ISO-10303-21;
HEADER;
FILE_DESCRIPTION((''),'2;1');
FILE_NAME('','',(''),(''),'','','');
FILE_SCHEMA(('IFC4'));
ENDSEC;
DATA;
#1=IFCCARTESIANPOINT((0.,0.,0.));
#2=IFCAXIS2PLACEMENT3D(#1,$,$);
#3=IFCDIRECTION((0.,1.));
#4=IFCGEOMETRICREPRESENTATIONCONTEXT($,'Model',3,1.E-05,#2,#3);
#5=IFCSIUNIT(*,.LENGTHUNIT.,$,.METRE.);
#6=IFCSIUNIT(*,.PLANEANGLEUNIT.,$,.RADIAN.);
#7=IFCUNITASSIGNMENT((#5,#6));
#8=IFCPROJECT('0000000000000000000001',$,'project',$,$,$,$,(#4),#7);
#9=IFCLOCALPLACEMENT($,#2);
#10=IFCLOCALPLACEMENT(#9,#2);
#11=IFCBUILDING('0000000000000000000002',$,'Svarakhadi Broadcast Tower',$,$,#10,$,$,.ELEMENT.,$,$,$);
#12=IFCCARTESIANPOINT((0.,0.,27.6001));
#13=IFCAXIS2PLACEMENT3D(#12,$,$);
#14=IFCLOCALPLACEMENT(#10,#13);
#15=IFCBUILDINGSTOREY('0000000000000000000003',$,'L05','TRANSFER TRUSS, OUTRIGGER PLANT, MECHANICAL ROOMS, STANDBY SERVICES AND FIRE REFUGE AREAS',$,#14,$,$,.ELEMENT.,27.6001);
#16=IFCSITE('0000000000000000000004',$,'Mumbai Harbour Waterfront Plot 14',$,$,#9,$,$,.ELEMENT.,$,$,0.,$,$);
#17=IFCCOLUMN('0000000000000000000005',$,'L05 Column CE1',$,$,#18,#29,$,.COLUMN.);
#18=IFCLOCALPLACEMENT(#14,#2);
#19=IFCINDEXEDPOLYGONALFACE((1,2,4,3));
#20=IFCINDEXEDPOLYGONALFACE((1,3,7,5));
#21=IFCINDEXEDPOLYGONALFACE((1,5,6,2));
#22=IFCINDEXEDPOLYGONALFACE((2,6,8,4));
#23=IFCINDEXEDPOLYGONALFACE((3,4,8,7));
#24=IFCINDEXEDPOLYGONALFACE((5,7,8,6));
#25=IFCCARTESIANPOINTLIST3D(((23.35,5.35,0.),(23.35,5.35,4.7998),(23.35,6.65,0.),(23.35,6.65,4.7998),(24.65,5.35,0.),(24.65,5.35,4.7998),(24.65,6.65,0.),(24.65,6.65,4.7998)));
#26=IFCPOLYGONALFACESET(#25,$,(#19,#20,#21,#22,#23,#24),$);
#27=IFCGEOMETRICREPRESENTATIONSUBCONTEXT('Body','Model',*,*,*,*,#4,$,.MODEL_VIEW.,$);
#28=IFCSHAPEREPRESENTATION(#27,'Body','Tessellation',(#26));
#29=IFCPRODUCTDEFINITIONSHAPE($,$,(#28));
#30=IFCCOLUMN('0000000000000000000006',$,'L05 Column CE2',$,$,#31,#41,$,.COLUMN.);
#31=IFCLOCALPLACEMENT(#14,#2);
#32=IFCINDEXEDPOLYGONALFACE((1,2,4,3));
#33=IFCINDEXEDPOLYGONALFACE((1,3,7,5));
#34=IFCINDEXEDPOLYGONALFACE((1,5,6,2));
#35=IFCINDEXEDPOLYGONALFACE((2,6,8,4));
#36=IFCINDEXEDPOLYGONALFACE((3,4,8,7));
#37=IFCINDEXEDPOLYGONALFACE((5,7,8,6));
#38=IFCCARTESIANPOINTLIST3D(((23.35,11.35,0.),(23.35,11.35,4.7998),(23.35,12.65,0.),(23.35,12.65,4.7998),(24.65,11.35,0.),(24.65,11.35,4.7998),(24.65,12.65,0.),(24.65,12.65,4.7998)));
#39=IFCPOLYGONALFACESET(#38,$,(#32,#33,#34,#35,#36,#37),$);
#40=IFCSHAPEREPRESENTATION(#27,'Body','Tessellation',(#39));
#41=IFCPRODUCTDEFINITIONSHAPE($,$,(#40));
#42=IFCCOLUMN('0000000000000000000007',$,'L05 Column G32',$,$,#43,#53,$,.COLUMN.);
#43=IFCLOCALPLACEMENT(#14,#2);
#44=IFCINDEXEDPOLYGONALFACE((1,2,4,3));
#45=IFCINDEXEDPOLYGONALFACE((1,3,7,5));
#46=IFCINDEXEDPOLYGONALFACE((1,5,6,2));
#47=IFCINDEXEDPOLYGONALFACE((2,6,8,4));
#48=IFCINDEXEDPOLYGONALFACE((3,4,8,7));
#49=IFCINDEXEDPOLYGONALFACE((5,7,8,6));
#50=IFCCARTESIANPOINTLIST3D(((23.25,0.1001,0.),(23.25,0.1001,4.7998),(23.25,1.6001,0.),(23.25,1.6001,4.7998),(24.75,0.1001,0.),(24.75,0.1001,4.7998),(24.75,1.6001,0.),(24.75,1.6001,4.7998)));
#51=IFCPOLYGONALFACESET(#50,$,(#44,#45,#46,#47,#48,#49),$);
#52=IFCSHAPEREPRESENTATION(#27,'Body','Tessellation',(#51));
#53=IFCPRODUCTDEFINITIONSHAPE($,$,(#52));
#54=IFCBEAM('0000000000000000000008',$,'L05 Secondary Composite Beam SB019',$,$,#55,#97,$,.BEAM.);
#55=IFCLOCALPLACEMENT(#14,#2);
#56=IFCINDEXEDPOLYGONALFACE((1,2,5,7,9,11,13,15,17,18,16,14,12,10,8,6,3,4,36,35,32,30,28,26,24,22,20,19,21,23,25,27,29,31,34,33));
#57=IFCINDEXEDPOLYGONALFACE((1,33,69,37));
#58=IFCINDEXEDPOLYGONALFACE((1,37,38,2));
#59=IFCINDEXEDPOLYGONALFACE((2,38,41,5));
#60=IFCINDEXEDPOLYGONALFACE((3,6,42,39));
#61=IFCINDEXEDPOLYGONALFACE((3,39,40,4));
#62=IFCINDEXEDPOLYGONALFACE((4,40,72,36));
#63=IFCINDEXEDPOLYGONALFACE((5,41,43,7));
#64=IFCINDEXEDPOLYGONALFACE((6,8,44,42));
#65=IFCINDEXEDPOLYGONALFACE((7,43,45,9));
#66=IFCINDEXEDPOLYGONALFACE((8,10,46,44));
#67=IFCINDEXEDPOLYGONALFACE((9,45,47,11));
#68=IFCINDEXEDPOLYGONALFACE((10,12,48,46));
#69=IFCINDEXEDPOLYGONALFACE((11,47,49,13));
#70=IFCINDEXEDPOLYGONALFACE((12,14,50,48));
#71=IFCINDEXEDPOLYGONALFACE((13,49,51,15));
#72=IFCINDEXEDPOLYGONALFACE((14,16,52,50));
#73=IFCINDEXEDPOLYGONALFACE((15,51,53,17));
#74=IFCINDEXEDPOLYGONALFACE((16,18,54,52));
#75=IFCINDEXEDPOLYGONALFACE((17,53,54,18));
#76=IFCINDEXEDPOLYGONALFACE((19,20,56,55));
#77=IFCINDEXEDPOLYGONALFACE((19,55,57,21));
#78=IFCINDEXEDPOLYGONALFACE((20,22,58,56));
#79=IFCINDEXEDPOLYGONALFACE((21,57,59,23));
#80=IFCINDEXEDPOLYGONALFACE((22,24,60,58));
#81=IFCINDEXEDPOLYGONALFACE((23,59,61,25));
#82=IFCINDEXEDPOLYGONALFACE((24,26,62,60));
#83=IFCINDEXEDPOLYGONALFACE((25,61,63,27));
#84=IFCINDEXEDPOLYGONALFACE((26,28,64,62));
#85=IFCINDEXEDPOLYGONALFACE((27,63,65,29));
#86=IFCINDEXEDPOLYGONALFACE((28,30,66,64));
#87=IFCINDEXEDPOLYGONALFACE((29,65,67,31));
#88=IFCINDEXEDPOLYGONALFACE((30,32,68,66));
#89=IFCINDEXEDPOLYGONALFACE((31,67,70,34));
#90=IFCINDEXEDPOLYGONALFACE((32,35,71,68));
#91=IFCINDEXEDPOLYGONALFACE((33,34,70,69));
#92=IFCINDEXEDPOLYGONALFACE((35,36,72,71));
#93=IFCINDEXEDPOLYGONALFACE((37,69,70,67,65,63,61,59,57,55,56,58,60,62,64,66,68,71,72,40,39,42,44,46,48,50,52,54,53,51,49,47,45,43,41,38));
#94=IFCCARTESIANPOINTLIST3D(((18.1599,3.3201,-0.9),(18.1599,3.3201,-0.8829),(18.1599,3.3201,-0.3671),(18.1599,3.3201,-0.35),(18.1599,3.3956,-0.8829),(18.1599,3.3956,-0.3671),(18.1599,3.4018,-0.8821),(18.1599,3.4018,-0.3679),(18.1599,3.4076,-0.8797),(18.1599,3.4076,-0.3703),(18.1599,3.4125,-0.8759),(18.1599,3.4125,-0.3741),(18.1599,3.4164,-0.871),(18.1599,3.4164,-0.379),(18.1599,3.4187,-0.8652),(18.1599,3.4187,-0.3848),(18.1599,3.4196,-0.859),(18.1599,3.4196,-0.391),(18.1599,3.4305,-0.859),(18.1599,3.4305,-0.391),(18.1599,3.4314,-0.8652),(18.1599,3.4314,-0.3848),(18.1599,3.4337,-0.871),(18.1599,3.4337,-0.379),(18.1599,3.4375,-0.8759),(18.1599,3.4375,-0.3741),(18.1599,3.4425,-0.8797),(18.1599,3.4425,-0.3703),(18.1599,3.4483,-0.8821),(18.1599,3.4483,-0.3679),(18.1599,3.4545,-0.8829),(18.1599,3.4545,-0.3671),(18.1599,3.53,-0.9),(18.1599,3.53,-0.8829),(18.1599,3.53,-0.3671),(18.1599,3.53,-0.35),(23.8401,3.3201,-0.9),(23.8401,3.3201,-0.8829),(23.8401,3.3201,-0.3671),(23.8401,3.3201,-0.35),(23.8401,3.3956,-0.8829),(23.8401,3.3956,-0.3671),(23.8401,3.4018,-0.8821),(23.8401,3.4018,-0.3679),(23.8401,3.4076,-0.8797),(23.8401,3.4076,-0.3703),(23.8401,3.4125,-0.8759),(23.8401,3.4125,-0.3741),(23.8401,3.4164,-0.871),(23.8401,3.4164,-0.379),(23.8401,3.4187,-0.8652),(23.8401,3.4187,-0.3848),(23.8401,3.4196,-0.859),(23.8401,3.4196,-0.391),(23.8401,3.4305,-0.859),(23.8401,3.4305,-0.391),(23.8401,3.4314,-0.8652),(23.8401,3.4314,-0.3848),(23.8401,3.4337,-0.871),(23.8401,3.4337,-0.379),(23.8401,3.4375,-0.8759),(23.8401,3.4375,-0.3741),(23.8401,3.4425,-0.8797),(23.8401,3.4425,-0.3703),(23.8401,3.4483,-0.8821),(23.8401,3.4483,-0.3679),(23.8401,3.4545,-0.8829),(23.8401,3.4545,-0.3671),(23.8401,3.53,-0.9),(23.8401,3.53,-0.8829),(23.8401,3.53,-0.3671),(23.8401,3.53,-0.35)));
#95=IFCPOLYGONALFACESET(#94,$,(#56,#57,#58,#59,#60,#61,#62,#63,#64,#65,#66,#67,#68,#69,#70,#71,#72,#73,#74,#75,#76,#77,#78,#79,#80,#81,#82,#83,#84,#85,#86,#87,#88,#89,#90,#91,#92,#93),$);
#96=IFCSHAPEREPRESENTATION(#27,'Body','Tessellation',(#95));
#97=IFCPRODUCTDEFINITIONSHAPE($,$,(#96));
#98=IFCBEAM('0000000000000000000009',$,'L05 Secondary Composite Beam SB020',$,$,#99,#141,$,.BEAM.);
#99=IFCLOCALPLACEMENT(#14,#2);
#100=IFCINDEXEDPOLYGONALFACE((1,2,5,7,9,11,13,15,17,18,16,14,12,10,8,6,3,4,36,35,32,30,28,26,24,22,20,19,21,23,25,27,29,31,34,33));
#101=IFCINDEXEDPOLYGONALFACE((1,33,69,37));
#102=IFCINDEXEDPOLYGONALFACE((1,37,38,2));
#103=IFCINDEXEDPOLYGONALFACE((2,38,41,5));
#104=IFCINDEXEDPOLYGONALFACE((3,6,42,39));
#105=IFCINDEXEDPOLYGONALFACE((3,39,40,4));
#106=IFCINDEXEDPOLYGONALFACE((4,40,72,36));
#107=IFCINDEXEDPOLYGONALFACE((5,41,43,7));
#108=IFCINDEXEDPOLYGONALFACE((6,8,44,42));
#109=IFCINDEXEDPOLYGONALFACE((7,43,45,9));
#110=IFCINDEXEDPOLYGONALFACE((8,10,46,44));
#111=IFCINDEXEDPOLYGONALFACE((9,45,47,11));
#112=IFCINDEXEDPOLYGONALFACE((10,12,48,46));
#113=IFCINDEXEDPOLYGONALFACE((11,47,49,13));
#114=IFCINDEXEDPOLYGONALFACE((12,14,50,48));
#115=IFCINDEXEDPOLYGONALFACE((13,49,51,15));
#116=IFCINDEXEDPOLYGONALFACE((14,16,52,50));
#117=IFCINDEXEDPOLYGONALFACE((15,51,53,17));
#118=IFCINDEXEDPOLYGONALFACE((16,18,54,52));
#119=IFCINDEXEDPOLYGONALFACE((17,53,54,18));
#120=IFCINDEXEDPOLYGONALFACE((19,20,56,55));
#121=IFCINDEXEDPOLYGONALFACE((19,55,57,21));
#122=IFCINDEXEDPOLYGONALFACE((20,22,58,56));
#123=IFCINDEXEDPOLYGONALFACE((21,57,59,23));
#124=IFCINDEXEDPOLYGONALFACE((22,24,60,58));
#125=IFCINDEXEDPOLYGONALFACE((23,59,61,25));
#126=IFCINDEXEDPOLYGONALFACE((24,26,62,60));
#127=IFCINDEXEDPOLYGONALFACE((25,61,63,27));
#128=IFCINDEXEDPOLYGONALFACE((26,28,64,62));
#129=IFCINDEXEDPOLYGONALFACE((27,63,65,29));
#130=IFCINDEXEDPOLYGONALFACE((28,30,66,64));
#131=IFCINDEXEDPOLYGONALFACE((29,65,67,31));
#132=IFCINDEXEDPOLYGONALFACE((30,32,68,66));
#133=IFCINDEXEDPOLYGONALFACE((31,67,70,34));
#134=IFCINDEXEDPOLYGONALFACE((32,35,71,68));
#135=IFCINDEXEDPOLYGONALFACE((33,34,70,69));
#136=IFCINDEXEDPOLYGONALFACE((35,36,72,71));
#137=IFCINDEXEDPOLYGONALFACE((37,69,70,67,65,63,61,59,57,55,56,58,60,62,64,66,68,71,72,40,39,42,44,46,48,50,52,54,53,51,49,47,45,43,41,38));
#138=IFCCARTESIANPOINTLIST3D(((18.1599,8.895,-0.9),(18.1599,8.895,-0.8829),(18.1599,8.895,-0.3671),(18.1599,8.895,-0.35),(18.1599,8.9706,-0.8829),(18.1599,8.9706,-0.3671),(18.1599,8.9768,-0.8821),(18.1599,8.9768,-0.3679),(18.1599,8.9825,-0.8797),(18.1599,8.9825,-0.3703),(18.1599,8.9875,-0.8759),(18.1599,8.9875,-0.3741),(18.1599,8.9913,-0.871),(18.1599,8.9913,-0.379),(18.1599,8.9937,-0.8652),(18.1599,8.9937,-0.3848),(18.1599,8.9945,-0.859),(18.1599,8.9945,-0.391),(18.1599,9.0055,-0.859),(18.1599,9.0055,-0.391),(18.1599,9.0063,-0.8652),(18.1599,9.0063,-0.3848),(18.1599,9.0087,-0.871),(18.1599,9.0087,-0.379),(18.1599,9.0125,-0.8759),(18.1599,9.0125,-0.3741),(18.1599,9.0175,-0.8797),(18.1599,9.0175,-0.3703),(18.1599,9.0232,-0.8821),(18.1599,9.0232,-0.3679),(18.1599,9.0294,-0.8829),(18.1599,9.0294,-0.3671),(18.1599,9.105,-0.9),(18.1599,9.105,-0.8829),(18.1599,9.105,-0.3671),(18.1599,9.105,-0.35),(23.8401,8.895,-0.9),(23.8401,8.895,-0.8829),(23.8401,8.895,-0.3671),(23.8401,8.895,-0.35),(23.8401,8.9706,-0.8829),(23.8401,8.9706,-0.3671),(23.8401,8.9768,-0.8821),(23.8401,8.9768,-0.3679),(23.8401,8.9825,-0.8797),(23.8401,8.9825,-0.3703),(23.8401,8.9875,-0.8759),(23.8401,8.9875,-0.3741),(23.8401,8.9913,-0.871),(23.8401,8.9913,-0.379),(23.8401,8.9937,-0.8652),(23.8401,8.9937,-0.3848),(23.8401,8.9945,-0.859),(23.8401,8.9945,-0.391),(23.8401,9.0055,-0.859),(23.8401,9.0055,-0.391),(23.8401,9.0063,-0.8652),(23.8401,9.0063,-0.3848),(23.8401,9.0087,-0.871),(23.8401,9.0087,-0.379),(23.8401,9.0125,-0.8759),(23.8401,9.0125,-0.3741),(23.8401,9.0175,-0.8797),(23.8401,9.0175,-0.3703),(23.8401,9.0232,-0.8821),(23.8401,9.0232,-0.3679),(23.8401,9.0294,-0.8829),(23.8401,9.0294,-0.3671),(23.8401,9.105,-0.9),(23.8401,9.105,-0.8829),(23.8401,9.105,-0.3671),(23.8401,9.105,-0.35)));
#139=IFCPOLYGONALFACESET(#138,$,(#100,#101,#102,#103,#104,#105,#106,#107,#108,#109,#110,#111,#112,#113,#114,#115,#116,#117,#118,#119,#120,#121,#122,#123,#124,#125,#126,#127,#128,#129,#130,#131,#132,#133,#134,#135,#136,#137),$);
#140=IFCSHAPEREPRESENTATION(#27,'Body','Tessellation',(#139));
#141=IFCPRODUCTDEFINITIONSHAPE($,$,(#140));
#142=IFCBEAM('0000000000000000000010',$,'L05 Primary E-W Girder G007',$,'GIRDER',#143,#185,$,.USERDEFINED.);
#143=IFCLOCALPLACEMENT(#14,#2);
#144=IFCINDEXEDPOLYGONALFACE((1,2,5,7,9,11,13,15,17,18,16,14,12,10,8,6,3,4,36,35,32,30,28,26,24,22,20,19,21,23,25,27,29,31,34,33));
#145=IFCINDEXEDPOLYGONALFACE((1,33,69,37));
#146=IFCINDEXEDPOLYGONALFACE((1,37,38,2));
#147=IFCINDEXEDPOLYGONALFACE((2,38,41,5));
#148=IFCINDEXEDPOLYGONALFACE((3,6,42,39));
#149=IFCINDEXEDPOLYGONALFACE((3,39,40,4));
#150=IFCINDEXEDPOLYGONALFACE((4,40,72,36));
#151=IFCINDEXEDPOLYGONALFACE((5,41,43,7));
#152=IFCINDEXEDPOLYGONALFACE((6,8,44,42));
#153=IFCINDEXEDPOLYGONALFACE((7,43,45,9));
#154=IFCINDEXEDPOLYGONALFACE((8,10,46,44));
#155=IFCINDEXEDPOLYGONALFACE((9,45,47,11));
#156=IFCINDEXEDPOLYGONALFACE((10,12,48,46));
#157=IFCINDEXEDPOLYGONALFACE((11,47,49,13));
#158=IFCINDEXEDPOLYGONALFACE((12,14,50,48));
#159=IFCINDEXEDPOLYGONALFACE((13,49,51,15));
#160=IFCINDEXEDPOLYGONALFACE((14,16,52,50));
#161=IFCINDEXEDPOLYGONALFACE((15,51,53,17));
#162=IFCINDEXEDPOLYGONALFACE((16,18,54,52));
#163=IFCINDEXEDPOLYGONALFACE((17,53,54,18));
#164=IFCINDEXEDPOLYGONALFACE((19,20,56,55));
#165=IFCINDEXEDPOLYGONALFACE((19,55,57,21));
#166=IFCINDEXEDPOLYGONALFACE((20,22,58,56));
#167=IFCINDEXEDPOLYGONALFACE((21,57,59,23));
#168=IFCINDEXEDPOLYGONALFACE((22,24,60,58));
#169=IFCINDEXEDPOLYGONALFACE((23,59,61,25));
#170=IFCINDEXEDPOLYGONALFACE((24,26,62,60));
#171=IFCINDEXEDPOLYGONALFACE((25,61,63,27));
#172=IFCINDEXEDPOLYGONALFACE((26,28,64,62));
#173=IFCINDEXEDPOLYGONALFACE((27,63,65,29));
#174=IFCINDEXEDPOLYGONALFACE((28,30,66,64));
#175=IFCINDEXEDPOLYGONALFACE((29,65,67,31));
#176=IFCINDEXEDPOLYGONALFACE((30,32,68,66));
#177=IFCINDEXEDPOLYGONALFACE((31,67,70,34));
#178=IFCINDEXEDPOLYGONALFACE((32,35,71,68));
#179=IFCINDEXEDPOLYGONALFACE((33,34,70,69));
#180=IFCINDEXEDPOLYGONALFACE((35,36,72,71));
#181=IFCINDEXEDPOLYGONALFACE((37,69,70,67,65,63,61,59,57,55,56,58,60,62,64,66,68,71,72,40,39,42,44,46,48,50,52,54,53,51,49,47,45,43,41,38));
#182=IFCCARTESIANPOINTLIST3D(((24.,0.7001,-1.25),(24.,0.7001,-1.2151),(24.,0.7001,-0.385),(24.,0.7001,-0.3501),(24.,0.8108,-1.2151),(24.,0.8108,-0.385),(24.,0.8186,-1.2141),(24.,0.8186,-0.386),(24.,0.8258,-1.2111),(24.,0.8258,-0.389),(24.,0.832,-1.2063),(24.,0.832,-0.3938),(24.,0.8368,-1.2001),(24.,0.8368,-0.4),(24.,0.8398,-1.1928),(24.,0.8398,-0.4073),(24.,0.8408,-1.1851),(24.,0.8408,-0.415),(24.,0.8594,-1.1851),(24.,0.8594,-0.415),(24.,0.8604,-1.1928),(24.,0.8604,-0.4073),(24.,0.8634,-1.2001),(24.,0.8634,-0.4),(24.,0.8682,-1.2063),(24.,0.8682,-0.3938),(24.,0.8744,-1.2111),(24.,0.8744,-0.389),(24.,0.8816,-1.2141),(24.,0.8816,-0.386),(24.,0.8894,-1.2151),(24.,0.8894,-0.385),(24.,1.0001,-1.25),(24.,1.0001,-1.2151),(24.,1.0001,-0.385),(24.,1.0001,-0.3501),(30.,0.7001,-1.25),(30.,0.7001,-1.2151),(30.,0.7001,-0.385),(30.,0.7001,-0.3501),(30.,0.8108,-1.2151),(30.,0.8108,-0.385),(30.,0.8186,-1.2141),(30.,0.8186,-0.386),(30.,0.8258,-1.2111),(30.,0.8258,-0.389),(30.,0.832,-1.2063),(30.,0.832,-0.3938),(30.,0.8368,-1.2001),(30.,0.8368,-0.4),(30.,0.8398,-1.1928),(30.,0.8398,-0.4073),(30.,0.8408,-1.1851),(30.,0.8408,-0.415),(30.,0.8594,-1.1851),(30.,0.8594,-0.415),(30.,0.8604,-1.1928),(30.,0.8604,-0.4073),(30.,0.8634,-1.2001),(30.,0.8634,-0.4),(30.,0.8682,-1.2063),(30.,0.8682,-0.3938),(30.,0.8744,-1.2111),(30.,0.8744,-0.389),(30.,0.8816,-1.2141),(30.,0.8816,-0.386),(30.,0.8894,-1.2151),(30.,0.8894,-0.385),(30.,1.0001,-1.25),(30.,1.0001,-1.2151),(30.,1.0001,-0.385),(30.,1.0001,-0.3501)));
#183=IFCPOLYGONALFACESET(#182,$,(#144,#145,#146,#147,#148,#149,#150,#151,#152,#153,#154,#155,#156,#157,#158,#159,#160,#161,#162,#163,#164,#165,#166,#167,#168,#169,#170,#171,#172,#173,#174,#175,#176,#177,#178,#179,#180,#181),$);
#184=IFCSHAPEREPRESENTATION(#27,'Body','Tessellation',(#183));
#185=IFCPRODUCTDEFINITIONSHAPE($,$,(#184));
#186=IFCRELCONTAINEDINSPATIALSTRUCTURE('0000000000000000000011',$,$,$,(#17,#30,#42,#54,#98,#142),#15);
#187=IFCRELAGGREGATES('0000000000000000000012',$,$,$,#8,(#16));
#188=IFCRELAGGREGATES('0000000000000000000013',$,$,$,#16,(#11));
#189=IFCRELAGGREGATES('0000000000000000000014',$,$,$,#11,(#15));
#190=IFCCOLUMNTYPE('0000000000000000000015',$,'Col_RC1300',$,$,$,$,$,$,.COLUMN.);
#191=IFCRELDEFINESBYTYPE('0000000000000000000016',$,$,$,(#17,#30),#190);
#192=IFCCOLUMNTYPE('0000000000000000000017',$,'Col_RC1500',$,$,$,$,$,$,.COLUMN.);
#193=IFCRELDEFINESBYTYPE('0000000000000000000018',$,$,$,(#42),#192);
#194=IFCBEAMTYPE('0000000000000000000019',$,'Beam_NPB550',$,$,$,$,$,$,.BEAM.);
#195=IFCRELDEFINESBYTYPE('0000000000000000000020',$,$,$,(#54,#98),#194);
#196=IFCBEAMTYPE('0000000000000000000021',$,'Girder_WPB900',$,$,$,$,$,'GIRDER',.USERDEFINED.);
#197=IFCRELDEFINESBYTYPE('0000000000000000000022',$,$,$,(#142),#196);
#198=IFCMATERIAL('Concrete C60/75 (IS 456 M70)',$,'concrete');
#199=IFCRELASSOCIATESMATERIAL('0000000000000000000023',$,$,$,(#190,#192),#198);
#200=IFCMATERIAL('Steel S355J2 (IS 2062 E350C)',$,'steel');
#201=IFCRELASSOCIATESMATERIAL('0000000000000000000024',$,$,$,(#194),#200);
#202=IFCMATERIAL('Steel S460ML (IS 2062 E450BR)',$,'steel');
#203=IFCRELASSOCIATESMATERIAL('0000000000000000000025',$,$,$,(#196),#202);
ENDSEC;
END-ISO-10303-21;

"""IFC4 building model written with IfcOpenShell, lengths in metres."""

from ifc_helpers import new_model, si_unit, direction, frame, origin, origin_2d, place, context, subcontext, project, spatial, rectangle, i_section, extrude, material, material_profile, profile_set, type_object, element, save


model = new_model("IFC4")

# Units and contexts
model_context = context("Model", 3, precision=1e-05, world=origin(), true_north=direction((0.0, 1.0)))
body_context = subcontext(model_context, "Body", "Model", "MODEL_VIEW")
ifc_project = project(units=[si_unit("LENGTHUNIT", "METRE"), si_unit("PLANEANGLEUNIT", "RADIAN")], contexts=[model_context])

# Site, building, storey
site_placement = place(None, origin())
site = spatial("IfcSite", under=ifc_project, at=site_placement, Name="Mumbai Harbour Waterfront Plot 14", CompositionType="ELEMENT", RefElevation=0.0)
building_placement = place(site_placement, origin())
building = spatial("IfcBuilding", under=site, at=building_placement, Name="Svarakhadi Broadcast Tower", CompositionType="ELEMENT")
storey_placement = place(building_placement, frame((0.0, 0.0, 27.6001)))
storey = spatial("IfcBuildingStorey", under=building, at=storey_placement, Name="L05", Description="TRANSFER TRUSS, OUTRIGGER PLANT, MECHANICAL ROOMS, STANDBY SERVICES AND FIRE REFUGE AREAS", CompositionType="ELEMENT", Elevation=27.6001)

# Columns
ifc_material_1 = material(Name="Concrete C60/75 (IS 456 M70)", Category="concrete")
ifc_material_profile_1 = material_profile(ifc_material_1, rectangle(XDim=1.3, YDim=1.3, at=origin_2d()), Name="RC 1300x1300")
ifc_profile_set_1 = profile_set([ifc_material_profile_1], Name="Concrete C60/75 (IS 456 M70)")
column_type_1 = type_object("IfcColumnType", Name="Col_RC1300", PredefinedType="COLUMN", material=ifc_profile_set_1)
for number, where, z_axis, x_axis, name in (
    (1, (24.0, 6.0, 0.0), (0.0, 0.0, 1.0), (1.0, 0.0, 0.0), "L05 Column CE1"),
    (2, (24.0, 12.0, 0.0), (0.0, 0.0, 1.0), (1.0, 0.0, 0.0), "L05 Column CE2"),
):
    element("IfcColumn", number, at=place(storey_placement, frame(where, z_axis=z_axis, x_axis=x_axis)), inside=storey, type_object=column_type_1, Name=name, PredefinedType="COLUMN", context=body_context, shape_type="SweptSolid", body=[
        extrude(rectangle(XDim=1.3, YDim=1.3, at=origin_2d()), origin(), (0.0, 0.0, 1.0), 4.7998),
    ])
ifc_material_profile_2 = material_profile(ifc_material_1, rectangle(XDim=1.5, YDim=1.5, at=origin_2d()), Name="RC 1500x1500")
ifc_profile_set_2 = profile_set([ifc_material_profile_2], Name="Concrete C60/75 (IS 456 M70)")
column_type_2 = type_object("IfcColumnType", Name="Col_RC1500", PredefinedType="COLUMN", material=ifc_profile_set_2)
column_placement = place(storey_placement, frame((24.0, 0.8501, 0.0), z_axis=(0.0, 0.0, 1.0), x_axis=(1.0, 0.0, 0.0)))
element("IfcColumn", 3, at=column_placement, inside=storey, type_object=column_type_2, Name="L05 Column G32", PredefinedType="COLUMN", context=body_context, shape_type="SweptSolid", body=[
    extrude(rectangle(XDim=1.5, YDim=1.5, at=origin_2d()), origin(), (0.0, 0.0, 1.0), 4.7998),
])

# Beams
ifc_material_2 = material(Name="Steel S355J2 (IS 2062 E350C)", Category="steel")
ifc_material_profile_3 = material_profile(ifc_material_2, i_section(OverallWidth=0.21, OverallDepth=0.55, WebThickness=0.011, FlangeThickness=0.0171, FilletRadius=0.0239, at=origin_2d()), Name="NPB 550x210x106")
ifc_profile_set_3 = profile_set([ifc_material_profile_3], Name="Steel S355J2 (IS 2062 E350C)")
beam_type_1 = type_object("IfcBeamType", Name="Beam_NPB550", PredefinedType="BEAM", material=ifc_profile_set_3)
for number, where, z_axis, x_axis, name in (
    (4, (18.1599, 3.425, -0.625), (1.0, 0.0, 0.0), (0.0, 1.0, 0.0), "L05 Secondary Composite Beam SB019"),
    (5, (18.1599, 9.0, -0.625), (1.0, 0.0, 0.0), (0.0, 1.0, 0.0), "L05 Secondary Composite Beam SB020"),
):
    element("IfcBeam", number, at=place(storey_placement, frame(where, z_axis=z_axis, x_axis=x_axis)), inside=storey, type_object=beam_type_1, Name=name, PredefinedType="BEAM", context=body_context, shape_type="SweptSolid", body=[
        extrude(i_section(OverallWidth=0.21, OverallDepth=0.55, WebThickness=0.011, FlangeThickness=0.0171, FilletRadius=0.0239, at=origin_2d()), origin(), (0.0, 0.0, 1.0), 5.6802),
    ])
ifc_material_3 = material(Name="Steel S460ML (IS 2062 E450BR)", Category="steel")
ifc_material_profile_4 = material_profile(ifc_material_3, i_section(OverallWidth=0.3, OverallDepth=0.8999, WebThickness=0.0186, FlangeThickness=0.0349, FilletRadius=0.03, at=origin_2d()), Name="WPB 900x300x291")
ifc_profile_set_4 = profile_set([ifc_material_profile_4], Name="Steel S460ML (IS 2062 E450BR)")
beam_type_2 = type_object("IfcBeamType", Name="Girder_WPB900", ElementType="GIRDER", PredefinedType="USERDEFINED", material=ifc_profile_set_4)
beam_1_placement = place(storey_placement, frame((24.0, 0.8501, -0.8), z_axis=(1.0, 0.0, 0.0), x_axis=(0.0, 1.0, 0.0)))
element("IfcBeam", 6, at=beam_1_placement, inside=storey, type_object=beam_type_2, Name="L05 Primary E-W Girder G007", ObjectType="GIRDER", PredefinedType="USERDEFINED", context=body_context, shape_type="SweptSolid", body=[
    extrude(i_section(OverallWidth=0.3, OverallDepth=0.8999, WebThickness=0.0186, FlangeThickness=0.0349, FilletRadius=0.03, at=origin_2d()), origin(), (0.0, 0.0, 1.0), 6.0),
])

save(model, "model.ifc")
